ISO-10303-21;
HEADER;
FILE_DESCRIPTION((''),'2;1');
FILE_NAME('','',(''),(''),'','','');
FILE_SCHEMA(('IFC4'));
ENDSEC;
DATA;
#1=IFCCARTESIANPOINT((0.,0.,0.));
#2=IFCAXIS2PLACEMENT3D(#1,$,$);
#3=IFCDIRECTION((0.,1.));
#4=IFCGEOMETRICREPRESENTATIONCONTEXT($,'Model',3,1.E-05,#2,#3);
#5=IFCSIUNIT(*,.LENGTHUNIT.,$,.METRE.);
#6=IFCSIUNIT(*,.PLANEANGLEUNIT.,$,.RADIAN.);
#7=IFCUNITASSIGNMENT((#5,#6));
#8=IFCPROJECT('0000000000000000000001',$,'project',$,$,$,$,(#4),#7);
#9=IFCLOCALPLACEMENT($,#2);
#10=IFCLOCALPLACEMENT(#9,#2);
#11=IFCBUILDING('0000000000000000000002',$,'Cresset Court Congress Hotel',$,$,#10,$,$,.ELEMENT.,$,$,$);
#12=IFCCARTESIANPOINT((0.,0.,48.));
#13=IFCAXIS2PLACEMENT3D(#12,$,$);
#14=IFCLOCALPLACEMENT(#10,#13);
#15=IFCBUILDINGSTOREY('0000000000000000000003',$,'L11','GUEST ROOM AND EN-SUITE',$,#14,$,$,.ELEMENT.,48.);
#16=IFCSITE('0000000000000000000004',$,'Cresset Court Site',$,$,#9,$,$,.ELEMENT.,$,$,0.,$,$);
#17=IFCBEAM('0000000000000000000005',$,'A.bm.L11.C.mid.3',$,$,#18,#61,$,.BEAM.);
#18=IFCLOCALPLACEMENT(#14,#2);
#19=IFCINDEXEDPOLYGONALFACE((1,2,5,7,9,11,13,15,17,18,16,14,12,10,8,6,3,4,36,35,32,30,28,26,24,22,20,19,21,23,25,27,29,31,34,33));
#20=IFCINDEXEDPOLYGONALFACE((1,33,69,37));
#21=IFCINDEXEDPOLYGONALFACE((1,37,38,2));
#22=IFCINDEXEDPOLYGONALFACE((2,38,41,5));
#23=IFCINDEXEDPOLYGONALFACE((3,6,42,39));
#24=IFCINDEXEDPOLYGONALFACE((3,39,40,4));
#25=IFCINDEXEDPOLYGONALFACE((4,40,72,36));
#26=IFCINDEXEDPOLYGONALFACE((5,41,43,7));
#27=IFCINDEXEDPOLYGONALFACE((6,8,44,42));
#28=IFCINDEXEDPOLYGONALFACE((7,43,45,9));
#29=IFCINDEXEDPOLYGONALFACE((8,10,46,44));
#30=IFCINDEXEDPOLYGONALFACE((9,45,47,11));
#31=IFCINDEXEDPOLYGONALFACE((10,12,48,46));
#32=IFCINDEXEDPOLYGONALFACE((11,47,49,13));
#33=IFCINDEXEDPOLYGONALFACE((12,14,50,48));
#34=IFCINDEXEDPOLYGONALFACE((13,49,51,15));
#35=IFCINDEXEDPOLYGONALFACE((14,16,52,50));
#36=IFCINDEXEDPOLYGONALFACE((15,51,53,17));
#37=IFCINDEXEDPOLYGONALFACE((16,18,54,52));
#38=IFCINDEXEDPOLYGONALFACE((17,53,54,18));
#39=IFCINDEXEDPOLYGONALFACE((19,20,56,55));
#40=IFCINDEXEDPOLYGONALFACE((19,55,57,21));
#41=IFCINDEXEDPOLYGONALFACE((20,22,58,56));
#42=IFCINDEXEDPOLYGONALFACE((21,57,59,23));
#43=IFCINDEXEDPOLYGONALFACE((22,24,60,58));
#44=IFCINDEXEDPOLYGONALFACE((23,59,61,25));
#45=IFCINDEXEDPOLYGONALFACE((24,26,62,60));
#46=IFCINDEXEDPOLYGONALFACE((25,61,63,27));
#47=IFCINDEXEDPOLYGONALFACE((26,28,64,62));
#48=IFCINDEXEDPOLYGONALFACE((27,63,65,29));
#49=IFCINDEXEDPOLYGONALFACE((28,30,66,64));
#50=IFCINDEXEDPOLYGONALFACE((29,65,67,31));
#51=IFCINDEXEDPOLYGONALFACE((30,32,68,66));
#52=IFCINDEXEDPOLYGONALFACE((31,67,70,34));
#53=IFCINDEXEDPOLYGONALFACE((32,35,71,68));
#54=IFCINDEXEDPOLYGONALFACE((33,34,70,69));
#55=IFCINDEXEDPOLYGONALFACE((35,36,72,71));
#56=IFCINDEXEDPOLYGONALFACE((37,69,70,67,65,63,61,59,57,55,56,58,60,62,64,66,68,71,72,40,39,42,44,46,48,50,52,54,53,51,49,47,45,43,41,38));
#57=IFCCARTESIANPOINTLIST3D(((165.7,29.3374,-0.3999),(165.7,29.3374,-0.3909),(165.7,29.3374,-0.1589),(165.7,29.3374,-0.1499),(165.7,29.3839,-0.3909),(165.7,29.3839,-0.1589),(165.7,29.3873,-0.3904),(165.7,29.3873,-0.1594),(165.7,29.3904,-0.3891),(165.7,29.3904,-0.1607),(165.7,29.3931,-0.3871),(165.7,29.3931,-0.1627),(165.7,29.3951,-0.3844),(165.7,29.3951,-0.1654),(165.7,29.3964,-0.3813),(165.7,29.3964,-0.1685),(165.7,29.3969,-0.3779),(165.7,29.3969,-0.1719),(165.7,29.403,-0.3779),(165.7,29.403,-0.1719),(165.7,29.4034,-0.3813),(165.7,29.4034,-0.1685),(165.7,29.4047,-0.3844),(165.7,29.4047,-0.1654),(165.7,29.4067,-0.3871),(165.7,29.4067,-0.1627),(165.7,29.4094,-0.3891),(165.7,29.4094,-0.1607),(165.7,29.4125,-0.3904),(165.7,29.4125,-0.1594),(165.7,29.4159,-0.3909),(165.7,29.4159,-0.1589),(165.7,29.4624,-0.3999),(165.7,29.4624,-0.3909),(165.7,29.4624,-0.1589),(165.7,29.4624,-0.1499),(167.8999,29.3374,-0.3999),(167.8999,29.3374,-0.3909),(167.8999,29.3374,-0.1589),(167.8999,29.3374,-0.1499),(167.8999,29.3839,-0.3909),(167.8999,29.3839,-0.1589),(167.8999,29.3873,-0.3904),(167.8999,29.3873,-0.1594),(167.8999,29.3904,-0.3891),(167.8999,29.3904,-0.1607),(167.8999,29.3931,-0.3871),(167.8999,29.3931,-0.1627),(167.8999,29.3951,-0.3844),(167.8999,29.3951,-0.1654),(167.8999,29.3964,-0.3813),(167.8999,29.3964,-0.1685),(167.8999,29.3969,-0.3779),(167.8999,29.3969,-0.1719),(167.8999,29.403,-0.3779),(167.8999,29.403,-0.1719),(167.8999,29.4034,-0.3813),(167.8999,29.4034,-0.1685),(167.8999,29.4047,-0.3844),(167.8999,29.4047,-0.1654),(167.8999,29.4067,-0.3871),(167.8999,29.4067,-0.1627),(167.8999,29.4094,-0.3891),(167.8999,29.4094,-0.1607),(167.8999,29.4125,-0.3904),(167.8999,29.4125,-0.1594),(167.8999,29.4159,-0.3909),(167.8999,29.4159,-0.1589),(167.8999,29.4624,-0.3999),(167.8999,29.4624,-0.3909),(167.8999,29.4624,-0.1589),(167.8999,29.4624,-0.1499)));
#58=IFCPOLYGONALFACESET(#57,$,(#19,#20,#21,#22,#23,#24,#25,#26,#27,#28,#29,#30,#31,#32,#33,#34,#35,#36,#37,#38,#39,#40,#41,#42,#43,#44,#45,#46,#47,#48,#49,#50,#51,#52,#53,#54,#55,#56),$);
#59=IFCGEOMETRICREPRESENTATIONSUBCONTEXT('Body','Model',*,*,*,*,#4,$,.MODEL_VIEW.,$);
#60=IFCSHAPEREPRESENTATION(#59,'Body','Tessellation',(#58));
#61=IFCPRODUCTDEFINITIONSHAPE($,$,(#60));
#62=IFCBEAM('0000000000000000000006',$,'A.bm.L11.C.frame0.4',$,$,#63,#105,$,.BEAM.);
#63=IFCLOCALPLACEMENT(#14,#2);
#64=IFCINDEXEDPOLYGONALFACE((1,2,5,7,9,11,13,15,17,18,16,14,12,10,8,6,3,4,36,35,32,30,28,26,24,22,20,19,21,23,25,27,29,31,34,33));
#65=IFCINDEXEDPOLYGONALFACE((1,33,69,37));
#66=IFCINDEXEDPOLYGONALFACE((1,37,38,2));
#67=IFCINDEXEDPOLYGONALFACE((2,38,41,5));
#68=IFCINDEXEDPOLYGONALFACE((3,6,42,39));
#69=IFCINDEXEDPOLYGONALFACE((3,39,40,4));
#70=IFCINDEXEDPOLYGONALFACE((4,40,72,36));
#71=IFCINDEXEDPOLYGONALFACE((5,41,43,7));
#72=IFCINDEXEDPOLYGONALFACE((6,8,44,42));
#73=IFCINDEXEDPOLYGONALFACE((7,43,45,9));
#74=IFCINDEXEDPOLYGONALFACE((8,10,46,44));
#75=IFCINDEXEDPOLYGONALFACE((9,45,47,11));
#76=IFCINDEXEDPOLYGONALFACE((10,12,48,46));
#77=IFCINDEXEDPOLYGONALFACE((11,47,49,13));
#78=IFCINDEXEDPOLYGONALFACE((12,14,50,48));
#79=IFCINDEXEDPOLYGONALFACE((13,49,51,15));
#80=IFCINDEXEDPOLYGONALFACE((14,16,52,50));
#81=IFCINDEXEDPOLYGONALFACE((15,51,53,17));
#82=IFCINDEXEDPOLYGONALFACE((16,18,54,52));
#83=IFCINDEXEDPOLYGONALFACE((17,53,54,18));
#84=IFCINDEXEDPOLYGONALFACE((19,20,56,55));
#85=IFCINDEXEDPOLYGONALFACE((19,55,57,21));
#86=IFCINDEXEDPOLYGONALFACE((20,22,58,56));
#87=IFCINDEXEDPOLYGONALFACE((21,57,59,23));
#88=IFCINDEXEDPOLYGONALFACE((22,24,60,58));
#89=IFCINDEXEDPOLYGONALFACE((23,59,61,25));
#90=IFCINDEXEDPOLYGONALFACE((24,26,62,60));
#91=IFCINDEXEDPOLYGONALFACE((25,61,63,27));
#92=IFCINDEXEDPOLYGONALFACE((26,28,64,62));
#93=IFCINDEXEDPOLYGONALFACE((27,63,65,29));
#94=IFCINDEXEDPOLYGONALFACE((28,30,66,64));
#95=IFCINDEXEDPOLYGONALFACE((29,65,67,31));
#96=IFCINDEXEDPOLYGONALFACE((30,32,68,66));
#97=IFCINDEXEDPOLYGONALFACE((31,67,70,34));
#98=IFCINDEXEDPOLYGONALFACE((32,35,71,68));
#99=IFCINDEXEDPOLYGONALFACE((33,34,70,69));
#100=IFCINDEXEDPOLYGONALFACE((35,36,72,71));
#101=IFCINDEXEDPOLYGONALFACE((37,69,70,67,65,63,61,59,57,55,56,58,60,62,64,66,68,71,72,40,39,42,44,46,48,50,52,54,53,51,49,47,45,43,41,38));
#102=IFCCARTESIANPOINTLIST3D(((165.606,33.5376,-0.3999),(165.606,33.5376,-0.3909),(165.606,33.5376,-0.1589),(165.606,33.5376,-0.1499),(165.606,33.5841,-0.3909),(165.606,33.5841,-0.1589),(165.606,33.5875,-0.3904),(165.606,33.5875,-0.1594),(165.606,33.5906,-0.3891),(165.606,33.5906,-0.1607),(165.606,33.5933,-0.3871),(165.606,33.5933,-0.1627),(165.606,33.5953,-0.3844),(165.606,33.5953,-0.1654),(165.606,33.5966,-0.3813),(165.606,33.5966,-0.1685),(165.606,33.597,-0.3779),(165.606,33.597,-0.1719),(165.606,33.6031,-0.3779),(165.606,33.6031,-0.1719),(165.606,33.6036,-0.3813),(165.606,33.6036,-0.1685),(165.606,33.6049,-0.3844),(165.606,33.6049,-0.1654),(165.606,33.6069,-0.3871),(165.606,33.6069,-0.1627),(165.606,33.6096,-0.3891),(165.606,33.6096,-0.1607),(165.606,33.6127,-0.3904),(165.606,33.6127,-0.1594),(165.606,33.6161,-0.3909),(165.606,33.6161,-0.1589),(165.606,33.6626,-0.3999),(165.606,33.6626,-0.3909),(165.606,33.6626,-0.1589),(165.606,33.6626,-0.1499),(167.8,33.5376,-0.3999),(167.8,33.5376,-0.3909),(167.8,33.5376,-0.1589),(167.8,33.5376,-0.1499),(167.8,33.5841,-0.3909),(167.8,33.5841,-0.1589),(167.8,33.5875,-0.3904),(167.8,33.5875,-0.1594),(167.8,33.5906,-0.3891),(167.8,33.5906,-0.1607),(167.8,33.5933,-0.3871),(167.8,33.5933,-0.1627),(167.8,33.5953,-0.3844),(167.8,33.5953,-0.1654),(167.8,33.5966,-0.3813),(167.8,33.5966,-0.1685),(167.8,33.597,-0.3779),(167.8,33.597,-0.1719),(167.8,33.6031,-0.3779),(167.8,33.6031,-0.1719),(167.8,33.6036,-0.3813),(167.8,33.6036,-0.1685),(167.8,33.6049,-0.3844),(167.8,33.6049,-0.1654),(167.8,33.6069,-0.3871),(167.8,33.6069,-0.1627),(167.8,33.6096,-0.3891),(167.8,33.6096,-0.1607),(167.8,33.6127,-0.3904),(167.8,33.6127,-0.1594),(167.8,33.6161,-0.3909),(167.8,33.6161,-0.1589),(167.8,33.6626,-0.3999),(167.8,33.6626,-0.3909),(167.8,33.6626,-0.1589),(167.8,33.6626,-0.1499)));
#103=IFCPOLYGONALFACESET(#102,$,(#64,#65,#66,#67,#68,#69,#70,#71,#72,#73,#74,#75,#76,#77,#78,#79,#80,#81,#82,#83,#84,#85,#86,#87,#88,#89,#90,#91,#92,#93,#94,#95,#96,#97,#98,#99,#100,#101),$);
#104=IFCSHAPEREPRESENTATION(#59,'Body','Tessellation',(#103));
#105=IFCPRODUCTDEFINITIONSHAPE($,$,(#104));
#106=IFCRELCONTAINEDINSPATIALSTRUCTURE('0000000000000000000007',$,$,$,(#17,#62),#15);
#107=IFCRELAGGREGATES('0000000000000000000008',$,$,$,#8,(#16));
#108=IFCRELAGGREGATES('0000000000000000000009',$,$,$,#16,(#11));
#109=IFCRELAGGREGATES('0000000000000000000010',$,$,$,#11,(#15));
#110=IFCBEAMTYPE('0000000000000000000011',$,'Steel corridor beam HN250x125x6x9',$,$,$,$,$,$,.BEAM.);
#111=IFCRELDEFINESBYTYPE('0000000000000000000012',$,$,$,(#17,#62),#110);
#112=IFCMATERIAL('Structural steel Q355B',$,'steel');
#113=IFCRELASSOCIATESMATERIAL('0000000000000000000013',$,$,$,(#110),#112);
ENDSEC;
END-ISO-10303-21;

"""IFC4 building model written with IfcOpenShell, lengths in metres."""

from ifc_helpers import new_model, si_unit, direction, frame, origin, origin_2d, place, context, subcontext, project, spatial, i_section, extrude, material, material_profile, profile_set, type_object, element, save


model = new_model("IFC4")

# Units and contexts
model_context = context("Model", 3, precision=1e-05, world=origin(), true_north=direction((0.0, 1.0)))
body_context = subcontext(model_context, "Body", "Model", "MODEL_VIEW")
ifc_project = project(units=[si_unit("LENGTHUNIT", "METRE"), si_unit("PLANEANGLEUNIT", "RADIAN")], contexts=[model_context])

# Site, building, storey
site_placement = place(None, origin())
site = spatial("IfcSite", under=ifc_project, at=site_placement, Name="Cresset Court Site", CompositionType="ELEMENT", RefElevation=0.0)
building_placement = place(site_placement, origin())
building = spatial("IfcBuilding", under=site, at=building_placement, Name="Cresset Court Congress Hotel", CompositionType="ELEMENT")
storey_placement = place(building_placement, frame((0.0, 0.0, 48.0)))
storey = spatial("IfcBuildingStorey", under=building, at=storey_placement, Name="L11", Description="GUEST ROOM AND EN-SUITE", CompositionType="ELEMENT", Elevation=48.0)

# Beams
ifc_material_1 = material(Name="Structural steel Q355B", Category="steel")
ifc_material_profile = material_profile(ifc_material_1, i_section(OverallWidth=0.125, OverallDepth=0.25, WebThickness=0.0061, FlangeThickness=0.009, FilletRadius=0.0129, at=origin_2d()), Name="HN250x125x6x9")
ifc_profile_set = profile_set([ifc_material_profile], Name="Structural steel Q355B")
beam_type = type_object("IfcBeamType", Name="Steel corridor beam HN250x125x6x9", PredefinedType="BEAM", material=ifc_profile_set)
beam_1_placement = place(storey_placement, frame((165.7, 29.3999, -0.2749), z_axis=(1.0, 0.0, 0.0), x_axis=(0.0, 1.0, 0.0)))
element("IfcBeam", 1, at=beam_1_placement, inside=storey, type_object=beam_type, Name="A.bm.L11.C.mid.3", PredefinedType="BEAM", context=body_context, shape_type="SweptSolid", body=[
    extrude(i_section(OverallWidth=0.125, OverallDepth=0.25, WebThickness=0.0061, FlangeThickness=0.009, FilletRadius=0.0129, at=origin_2d()), origin(), (0.0, 0.0, 1.0), 2.2),
])
beam_2_placement = place(storey_placement, frame((165.606, 33.6001, -0.2749), z_axis=(1.0, 0.0, 0.0), x_axis=(0.0, 1.0, 0.0)))
element("IfcBeam", 2, at=beam_2_placement, inside=storey, type_object=beam_type, Name="A.bm.L11.C.frame0.4", PredefinedType="BEAM", context=body_context, shape_type="SweptSolid", body=[
    extrude(i_section(OverallWidth=0.125, OverallDepth=0.25, WebThickness=0.0061, FlangeThickness=0.009, FilletRadius=0.0129, at=origin_2d()), origin(), (0.0, 0.0, 1.0), 2.1941),
])

save(model, "model.ifc")
